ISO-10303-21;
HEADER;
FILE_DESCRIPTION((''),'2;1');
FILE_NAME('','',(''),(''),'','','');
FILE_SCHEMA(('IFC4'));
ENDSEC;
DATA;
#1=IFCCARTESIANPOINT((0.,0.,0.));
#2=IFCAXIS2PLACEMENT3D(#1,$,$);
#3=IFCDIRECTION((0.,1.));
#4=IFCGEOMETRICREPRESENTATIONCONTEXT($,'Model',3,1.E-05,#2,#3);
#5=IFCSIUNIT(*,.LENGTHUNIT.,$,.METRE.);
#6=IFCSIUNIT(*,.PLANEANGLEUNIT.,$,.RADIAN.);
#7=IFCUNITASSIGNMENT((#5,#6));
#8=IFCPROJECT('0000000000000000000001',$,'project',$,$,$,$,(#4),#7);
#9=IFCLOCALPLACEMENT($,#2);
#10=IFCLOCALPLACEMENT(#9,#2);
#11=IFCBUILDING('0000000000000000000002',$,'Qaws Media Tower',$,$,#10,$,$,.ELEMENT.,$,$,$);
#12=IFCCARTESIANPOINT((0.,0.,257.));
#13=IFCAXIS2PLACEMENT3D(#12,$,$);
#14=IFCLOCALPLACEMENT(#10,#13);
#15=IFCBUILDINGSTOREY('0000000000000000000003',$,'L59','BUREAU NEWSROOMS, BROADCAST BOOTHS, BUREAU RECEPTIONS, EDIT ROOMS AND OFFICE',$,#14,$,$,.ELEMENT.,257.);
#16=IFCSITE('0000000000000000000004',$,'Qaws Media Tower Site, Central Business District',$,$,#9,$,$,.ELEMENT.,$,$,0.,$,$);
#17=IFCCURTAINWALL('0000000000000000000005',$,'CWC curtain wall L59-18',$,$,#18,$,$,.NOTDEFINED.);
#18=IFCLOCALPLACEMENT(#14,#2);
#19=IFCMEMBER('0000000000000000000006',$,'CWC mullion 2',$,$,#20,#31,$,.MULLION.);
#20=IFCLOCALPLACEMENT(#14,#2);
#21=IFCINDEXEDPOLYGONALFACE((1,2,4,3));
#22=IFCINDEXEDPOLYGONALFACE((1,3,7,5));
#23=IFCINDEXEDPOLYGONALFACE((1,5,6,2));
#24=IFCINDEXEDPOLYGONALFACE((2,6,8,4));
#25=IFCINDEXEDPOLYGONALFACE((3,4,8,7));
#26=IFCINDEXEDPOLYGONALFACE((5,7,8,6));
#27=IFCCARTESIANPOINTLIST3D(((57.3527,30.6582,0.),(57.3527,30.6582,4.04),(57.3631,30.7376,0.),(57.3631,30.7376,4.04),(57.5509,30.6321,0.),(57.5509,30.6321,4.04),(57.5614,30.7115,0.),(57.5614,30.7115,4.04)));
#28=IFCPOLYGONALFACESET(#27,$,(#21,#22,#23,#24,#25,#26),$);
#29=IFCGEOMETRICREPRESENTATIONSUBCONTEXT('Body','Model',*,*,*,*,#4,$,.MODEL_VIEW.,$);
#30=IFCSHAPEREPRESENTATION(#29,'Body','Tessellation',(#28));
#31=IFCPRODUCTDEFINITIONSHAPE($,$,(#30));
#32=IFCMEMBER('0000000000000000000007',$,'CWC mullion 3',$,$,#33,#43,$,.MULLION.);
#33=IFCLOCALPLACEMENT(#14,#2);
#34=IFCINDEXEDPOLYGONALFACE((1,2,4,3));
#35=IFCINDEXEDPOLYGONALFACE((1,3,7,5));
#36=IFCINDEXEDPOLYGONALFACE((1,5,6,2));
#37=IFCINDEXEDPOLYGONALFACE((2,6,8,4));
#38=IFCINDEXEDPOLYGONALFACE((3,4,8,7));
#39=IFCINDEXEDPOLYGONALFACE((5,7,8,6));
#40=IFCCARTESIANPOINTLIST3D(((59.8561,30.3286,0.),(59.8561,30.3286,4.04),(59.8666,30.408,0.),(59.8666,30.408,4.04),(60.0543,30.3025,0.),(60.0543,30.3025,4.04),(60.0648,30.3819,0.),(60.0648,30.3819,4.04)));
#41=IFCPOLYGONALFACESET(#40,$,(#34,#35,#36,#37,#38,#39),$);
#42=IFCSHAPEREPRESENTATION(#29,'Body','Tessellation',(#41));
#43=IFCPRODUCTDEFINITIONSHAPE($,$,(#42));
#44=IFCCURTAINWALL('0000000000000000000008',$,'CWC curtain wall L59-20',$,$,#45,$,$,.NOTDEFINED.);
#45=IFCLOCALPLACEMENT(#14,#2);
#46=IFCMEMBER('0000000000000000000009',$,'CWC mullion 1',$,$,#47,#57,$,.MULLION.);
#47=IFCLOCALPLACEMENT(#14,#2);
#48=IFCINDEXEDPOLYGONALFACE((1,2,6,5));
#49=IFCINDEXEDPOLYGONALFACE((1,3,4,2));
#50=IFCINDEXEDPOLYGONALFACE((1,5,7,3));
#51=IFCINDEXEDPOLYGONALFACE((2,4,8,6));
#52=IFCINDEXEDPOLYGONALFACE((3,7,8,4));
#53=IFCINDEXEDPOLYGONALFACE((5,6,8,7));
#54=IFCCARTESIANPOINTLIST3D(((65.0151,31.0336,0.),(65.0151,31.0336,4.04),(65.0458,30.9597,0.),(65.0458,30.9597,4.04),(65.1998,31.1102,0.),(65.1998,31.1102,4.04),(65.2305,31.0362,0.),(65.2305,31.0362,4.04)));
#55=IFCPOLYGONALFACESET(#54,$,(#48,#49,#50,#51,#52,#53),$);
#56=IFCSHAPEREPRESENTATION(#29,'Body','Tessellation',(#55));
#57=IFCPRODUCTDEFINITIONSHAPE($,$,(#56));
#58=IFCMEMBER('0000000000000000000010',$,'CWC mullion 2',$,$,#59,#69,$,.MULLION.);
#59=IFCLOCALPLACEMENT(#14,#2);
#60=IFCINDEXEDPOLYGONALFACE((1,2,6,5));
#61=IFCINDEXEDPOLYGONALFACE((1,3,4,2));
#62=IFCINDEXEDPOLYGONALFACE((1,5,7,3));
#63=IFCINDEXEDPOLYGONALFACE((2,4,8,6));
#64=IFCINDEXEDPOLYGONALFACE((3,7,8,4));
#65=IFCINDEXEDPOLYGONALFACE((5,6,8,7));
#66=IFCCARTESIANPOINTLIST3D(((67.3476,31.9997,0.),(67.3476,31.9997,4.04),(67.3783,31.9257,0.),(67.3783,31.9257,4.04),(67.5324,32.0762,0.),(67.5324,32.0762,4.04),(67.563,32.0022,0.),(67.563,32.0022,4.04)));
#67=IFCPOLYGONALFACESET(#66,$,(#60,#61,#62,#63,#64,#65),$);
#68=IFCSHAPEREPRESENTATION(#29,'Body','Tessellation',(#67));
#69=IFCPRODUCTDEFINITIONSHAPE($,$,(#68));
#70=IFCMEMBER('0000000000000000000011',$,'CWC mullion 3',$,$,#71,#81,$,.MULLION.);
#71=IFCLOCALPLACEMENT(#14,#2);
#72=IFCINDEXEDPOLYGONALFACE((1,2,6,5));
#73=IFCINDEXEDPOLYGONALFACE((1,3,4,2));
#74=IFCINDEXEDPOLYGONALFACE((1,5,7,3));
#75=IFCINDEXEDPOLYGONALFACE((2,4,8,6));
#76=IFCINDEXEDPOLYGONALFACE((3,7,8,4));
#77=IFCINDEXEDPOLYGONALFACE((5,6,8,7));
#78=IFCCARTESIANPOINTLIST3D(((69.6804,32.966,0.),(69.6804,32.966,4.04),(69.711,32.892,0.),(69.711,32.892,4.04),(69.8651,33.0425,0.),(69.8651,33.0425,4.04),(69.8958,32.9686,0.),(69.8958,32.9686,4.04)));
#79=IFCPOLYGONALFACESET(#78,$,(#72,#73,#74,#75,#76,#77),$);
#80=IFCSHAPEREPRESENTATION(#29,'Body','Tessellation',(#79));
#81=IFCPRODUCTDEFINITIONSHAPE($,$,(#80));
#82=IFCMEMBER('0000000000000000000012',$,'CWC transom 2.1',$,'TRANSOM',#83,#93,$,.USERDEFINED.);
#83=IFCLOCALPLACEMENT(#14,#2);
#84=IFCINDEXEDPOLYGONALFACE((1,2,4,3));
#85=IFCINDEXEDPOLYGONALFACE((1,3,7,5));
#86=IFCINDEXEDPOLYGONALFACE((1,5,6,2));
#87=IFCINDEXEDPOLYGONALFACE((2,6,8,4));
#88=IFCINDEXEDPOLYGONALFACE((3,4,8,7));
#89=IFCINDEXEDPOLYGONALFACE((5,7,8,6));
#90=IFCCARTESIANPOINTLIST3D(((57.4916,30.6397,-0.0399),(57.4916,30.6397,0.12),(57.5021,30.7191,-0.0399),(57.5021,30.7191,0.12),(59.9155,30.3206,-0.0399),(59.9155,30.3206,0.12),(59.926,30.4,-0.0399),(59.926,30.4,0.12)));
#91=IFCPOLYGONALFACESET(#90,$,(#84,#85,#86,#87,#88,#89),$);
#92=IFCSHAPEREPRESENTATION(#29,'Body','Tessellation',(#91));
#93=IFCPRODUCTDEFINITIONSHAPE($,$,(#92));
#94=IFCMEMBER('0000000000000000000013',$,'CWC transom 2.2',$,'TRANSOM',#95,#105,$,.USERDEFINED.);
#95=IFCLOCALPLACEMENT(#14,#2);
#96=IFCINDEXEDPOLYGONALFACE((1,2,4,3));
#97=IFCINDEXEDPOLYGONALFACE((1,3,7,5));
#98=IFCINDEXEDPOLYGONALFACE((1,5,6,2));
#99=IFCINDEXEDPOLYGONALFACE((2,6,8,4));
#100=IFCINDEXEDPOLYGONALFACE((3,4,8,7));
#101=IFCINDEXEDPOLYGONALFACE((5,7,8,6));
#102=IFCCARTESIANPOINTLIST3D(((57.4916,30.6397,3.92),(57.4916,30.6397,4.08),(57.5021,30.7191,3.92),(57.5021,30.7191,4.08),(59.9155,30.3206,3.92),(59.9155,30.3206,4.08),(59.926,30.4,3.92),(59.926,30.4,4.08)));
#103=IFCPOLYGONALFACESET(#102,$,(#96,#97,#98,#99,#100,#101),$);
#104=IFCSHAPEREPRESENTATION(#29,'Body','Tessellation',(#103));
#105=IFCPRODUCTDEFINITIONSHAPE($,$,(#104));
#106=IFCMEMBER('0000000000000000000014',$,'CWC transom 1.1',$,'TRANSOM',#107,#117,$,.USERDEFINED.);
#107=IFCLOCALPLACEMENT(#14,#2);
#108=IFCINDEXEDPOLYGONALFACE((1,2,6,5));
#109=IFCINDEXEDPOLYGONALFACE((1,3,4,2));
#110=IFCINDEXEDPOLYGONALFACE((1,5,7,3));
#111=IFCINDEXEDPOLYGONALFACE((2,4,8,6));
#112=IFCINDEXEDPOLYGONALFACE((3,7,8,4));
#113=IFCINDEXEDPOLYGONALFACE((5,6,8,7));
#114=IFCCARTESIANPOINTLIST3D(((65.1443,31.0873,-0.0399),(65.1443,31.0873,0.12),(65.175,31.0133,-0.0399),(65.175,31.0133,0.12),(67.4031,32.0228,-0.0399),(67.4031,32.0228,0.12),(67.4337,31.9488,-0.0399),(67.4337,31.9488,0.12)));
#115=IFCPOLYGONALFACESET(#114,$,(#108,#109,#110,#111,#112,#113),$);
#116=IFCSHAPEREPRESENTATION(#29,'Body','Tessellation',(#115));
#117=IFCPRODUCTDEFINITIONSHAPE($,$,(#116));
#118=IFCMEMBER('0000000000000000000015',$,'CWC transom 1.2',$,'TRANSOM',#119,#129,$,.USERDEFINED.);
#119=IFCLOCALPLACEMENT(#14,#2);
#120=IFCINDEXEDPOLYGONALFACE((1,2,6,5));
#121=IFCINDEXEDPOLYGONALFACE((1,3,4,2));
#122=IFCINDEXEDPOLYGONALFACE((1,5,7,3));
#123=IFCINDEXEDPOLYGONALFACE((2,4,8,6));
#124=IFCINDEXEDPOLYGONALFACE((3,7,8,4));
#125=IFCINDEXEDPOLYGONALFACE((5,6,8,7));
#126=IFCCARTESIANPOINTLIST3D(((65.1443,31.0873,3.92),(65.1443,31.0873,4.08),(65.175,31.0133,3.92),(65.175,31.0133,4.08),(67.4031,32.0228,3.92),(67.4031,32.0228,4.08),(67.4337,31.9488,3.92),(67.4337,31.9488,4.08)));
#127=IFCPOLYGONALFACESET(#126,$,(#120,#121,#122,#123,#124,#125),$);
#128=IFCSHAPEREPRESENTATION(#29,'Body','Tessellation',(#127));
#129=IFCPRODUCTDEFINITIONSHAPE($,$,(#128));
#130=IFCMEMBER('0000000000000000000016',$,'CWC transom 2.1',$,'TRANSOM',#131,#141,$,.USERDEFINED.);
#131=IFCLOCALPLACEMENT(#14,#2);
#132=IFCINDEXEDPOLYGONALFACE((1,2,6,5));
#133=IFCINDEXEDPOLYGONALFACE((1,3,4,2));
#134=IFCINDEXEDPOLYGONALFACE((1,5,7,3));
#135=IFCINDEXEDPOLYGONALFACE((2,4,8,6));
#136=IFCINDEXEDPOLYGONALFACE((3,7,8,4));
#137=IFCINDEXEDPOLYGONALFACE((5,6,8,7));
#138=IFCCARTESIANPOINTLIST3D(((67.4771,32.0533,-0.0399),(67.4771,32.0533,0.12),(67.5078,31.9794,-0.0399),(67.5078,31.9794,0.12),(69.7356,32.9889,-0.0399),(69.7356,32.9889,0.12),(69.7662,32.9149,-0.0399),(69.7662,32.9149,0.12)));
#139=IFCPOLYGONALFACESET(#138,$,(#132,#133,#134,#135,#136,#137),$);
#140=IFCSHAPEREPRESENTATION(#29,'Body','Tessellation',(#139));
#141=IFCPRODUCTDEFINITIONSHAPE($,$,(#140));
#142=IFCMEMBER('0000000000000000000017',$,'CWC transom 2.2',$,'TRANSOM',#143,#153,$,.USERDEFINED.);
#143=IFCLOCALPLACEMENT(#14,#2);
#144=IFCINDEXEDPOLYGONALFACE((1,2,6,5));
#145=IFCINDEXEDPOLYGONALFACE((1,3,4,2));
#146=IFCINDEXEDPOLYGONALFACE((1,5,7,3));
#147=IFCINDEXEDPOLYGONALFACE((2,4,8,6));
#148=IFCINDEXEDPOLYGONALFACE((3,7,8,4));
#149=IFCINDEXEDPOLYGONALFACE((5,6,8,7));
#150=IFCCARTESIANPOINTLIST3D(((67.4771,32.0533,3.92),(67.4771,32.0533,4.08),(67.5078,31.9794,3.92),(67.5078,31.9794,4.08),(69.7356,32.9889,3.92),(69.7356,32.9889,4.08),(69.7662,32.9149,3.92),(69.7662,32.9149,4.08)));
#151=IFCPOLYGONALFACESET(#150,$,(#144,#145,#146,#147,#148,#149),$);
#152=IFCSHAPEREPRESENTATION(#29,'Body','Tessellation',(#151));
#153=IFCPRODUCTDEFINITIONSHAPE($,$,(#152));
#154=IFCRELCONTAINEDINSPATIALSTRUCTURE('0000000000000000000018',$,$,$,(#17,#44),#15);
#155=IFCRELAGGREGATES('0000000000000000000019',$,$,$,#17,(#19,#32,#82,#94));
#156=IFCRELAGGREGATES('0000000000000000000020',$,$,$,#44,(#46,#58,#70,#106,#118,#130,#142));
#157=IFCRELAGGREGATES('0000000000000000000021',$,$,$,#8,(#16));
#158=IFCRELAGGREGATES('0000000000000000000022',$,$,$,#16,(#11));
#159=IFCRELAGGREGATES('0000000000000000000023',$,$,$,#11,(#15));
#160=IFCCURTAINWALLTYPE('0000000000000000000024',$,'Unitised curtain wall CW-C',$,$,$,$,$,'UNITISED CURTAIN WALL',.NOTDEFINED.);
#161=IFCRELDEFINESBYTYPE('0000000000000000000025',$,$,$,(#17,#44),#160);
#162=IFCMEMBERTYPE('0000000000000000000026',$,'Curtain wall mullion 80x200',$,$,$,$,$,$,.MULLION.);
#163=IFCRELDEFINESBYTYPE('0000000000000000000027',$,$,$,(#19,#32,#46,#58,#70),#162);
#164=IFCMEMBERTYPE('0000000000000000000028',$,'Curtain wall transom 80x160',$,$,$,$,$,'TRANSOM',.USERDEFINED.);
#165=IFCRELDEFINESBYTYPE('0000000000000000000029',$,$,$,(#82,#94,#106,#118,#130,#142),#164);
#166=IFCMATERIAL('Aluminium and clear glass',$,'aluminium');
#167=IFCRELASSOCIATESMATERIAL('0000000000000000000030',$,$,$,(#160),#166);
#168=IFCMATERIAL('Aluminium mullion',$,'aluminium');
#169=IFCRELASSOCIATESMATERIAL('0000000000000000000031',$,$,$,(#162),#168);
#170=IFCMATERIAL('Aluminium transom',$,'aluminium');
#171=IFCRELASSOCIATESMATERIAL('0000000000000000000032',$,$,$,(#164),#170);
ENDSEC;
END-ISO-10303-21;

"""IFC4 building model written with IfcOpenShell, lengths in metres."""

from ifc_helpers import new_model, si_unit, direction, frame, origin, origin_2d, place, context, subcontext, project, spatial, rectangle, extrude, material, material_profile, profile_set, type_object, element, aggregate, save


model = new_model("IFC4")

# Units and contexts
model_context = context("Model", 3, precision=1e-05, world=origin(), true_north=direction((0.0, 1.0)))
body_context = subcontext(model_context, "Body", "Model", "MODEL_VIEW")
ifc_project = project(units=[si_unit("LENGTHUNIT", "METRE"), si_unit("PLANEANGLEUNIT", "RADIAN")], contexts=[model_context])

# Site, building, storey
site_placement = place(None, origin())
site = spatial("IfcSite", under=ifc_project, at=site_placement, Name="Qaws Media Tower Site, Central Business District", CompositionType="ELEMENT", RefElevation=0.0)
building_placement = place(site_placement, origin())
building = spatial("IfcBuilding", under=site, at=building_placement, Name="Qaws Media Tower", CompositionType="ELEMENT")
storey_placement = place(building_placement, frame((0.0, 0.0, 257.0)))
storey = spatial("IfcBuildingStorey", under=building, at=storey_placement, Name="L59", Description="BUREAU NEWSROOMS, BROADCAST BOOTHS, BUREAU RECEPTIONS, EDIT ROOMS AND OFFICE", CompositionType="ELEMENT", Elevation=257.0)

# Curtain walls, members
ifc_material_1 = material(Name="Aluminium and clear glass", Category="aluminium")
curtain_wall_type = type_object("IfcCurtainWallType", Name="Unitised curtain wall CW-C", ElementType="UNITISED CURTAIN WALL", PredefinedType="NOTDEFINED", material=ifc_material_1)
curtain_wall_1_placement = place(storey_placement, origin())
curtain_wall_1 = element("IfcCurtainWall", 1, at=curtain_wall_1_placement, inside=storey, type_object=curtain_wall_type, Name="CWC curtain wall L59-18", PredefinedType="NOTDEFINED")
ifc_material_2 = material(Name="Aluminium mullion", Category="aluminium")
ifc_material_profile_1 = material_profile(ifc_material_2, rectangle(XDim=0.0801, YDim=0.2, at=origin_2d()), Name="80x200")
ifc_profile_set_1 = profile_set([ifc_material_profile_1], Name="Aluminium mullion")
member_type_1 = type_object("IfcMemberType", Name="Curtain wall mullion 80x200", PredefinedType="MULLION", material=ifc_profile_set_1)
member_1_placement = place(storey_placement, frame((57.457, 30.6848, 0.0), z_axis=(0.0, 0.0, 1.0), x_axis=(0.130526, 0.991445, 0.0)))
member_1 = element("IfcMember", 2, at=member_1_placement, type_object=member_type_1, Name="CWC mullion 2", PredefinedType="MULLION", context=body_context, shape_type="SweptSolid", body=[
    extrude(rectangle(XDim=0.0801, YDim=0.2, at=origin_2d()), origin(), (0.0, 0.0, 1.0), 4.04),
])
member_2_placement = place(storey_placement, frame((59.9604, 30.3552, 0.0), z_axis=(0.0, 0.0, 1.0), x_axis=(0.130526, 0.991445, 0.0)))
member_2 = element("IfcMember", 3, at=member_2_placement, type_object=member_type_1, Name="CWC mullion 3", PredefinedType="MULLION", context=body_context, shape_type="SweptSolid", body=[
    extrude(rectangle(XDim=0.0801, YDim=0.2, at=origin_2d()), origin(), (0.0, 0.0, 1.0), 4.04),
])
curtain_wall_2_placement = place(storey_placement, origin())
curtain_wall_2 = element("IfcCurtainWall", 4, at=curtain_wall_2_placement, inside=storey, type_object=curtain_wall_type, Name="CWC curtain wall L59-20", PredefinedType="NOTDEFINED")
member_3_placement = place(storey_placement, frame((65.1228, 31.0349, 0.0), z_axis=(0.0, 0.0, 1.0), x_axis=(-0.382683, 0.92388, 0.0)))
member_3 = element("IfcMember", 5, at=member_3_placement, type_object=member_type_1, Name="CWC mullion 1", PredefinedType="MULLION", context=body_context, shape_type="SweptSolid", body=[
    extrude(rectangle(XDim=0.0801, YDim=0.2, at=origin_2d()), origin(), (0.0, 0.0, 1.0), 4.04),
])
member_4_placement = place(storey_placement, frame((67.4553, 32.001, 0.0), z_axis=(0.0, 0.0, 1.0), x_axis=(-0.382683, 0.92388, 0.0)))
member_4 = element("IfcMember", 6, at=member_4_placement, type_object=member_type_1, Name="CWC mullion 2", PredefinedType="MULLION", context=body_context, shape_type="SweptSolid", body=[
    extrude(rectangle(XDim=0.0801, YDim=0.2, at=origin_2d()), origin(), (0.0, 0.0, 1.0), 4.04),
])
member_5_placement = place(storey_placement, frame((69.7881, 32.9673, 0.0), z_axis=(0.0, 0.0, 1.0), x_axis=(-0.382683, 0.92388, 0.0)))
member_5 = element("IfcMember", 7, at=member_5_placement, type_object=member_type_1, Name="CWC mullion 3", PredefinedType="MULLION", context=body_context, shape_type="SweptSolid", body=[
    extrude(rectangle(XDim=0.0801, YDim=0.2, at=origin_2d()), origin(), (0.0, 0.0, 1.0), 4.04),
])

# Members
ifc_material_3 = material(Name="Aluminium transom", Category="aluminium")
ifc_material_profile_2 = material_profile(ifc_material_3, rectangle(XDim=0.0801, YDim=0.1599, at=origin_2d()), Name="80x160")
ifc_profile_set_2 = profile_set([ifc_material_profile_2], Name="Aluminium transom")
member_type_2 = type_object("IfcMemberType", Name="Curtain wall transom 80x160", ElementType="TRANSOM", PredefinedType="USERDEFINED", material=ifc_profile_set_2)
member_6_placement = place(storey_placement, frame((57.4968, 30.6794, 0.04), z_axis=(0.991445, -0.130522, 0.0), x_axis=(0.130522, 0.991445, 0.0)))
member_6 = element("IfcMember", 8, at=member_6_placement, type_object=member_type_2, Name="CWC transom 2.1", ObjectType="TRANSOM", PredefinedType="USERDEFINED", context=body_context, shape_type="SweptSolid", body=[
    extrude(rectangle(XDim=0.0801, YDim=0.1599, at=origin_2d()), origin(), (0.0, 0.0, 1.0), 2.4448),
])
member_7_placement = place(storey_placement, frame((57.4968, 30.6794, 4.0), z_axis=(0.991445, -0.130522, 0.0), x_axis=(0.130522, 0.991445, 0.0)))
member_7 = element("IfcMember", 9, at=member_7_placement, type_object=member_type_2, Name="CWC transom 2.2", ObjectType="TRANSOM", PredefinedType="USERDEFINED", context=body_context, shape_type="SweptSolid", body=[
    extrude(rectangle(XDim=0.0801, YDim=0.1599, at=origin_2d()), origin(), (0.0, 0.0, 1.0), 2.4448),
])
member_8_placement = place(storey_placement, frame((65.1597, 31.0503, 0.04), z_axis=(0.92389, 0.382658, 0.0), x_axis=(-0.382658, 0.92389, 0.0)))
member_8 = element("IfcMember", 10, at=member_8_placement, type_object=member_type_2, Name="CWC transom 1.1", ObjectType="TRANSOM", PredefinedType="USERDEFINED", context=body_context, shape_type="SweptSolid", body=[
    extrude(rectangle(XDim=0.0801, YDim=0.1599, at=origin_2d()), origin(), (0.0, 0.0, 1.0), 2.4448),
])
member_9_placement = place(storey_placement, frame((65.1597, 31.0503, 4.0), z_axis=(0.92389, 0.382658, 0.0), x_axis=(-0.382658, 0.92389, 0.0)))
member_9 = element("IfcMember", 11, at=member_9_placement, type_object=member_type_2, Name="CWC transom 1.2", ObjectType="TRANSOM", PredefinedType="USERDEFINED", context=body_context, shape_type="SweptSolid", body=[
    extrude(rectangle(XDim=0.0801, YDim=0.1599, at=origin_2d()), origin(), (0.0, 0.0, 1.0), 2.4448),
])
member_10_placement = place(storey_placement, frame((67.4924, 32.0164, 0.04), z_axis=(0.923876, 0.382693, 0.0), x_axis=(-0.382693, 0.923876, 0.0)))
member_10 = element("IfcMember", 12, at=member_10_placement, type_object=member_type_2, Name="CWC transom 2.1", ObjectType="TRANSOM", PredefinedType="USERDEFINED", context=body_context, shape_type="SweptSolid", body=[
    extrude(rectangle(XDim=0.0801, YDim=0.1599, at=origin_2d()), origin(), (0.0, 0.0, 1.0), 2.4446),
])
member_11_placement = place(storey_placement, frame((67.4924, 32.0164, 4.0), z_axis=(0.923876, 0.382693, 0.0), x_axis=(-0.382693, 0.923876, 0.0)))
member_11 = element("IfcMember", 13, at=member_11_placement, type_object=member_type_2, Name="CWC transom 2.2", ObjectType="TRANSOM", PredefinedType="USERDEFINED", context=body_context, shape_type="SweptSolid", body=[
    extrude(rectangle(XDim=0.0801, YDim=0.1599, at=origin_2d()), origin(), (0.0, 0.0, 1.0), 2.4446),
])

aggregate(curtain_wall_1, [member_1, member_2, member_6, member_7])
aggregate(curtain_wall_2, [member_3, member_4, member_5, member_8, member_9, member_10, member_11])

save(model, "model.ifc")
